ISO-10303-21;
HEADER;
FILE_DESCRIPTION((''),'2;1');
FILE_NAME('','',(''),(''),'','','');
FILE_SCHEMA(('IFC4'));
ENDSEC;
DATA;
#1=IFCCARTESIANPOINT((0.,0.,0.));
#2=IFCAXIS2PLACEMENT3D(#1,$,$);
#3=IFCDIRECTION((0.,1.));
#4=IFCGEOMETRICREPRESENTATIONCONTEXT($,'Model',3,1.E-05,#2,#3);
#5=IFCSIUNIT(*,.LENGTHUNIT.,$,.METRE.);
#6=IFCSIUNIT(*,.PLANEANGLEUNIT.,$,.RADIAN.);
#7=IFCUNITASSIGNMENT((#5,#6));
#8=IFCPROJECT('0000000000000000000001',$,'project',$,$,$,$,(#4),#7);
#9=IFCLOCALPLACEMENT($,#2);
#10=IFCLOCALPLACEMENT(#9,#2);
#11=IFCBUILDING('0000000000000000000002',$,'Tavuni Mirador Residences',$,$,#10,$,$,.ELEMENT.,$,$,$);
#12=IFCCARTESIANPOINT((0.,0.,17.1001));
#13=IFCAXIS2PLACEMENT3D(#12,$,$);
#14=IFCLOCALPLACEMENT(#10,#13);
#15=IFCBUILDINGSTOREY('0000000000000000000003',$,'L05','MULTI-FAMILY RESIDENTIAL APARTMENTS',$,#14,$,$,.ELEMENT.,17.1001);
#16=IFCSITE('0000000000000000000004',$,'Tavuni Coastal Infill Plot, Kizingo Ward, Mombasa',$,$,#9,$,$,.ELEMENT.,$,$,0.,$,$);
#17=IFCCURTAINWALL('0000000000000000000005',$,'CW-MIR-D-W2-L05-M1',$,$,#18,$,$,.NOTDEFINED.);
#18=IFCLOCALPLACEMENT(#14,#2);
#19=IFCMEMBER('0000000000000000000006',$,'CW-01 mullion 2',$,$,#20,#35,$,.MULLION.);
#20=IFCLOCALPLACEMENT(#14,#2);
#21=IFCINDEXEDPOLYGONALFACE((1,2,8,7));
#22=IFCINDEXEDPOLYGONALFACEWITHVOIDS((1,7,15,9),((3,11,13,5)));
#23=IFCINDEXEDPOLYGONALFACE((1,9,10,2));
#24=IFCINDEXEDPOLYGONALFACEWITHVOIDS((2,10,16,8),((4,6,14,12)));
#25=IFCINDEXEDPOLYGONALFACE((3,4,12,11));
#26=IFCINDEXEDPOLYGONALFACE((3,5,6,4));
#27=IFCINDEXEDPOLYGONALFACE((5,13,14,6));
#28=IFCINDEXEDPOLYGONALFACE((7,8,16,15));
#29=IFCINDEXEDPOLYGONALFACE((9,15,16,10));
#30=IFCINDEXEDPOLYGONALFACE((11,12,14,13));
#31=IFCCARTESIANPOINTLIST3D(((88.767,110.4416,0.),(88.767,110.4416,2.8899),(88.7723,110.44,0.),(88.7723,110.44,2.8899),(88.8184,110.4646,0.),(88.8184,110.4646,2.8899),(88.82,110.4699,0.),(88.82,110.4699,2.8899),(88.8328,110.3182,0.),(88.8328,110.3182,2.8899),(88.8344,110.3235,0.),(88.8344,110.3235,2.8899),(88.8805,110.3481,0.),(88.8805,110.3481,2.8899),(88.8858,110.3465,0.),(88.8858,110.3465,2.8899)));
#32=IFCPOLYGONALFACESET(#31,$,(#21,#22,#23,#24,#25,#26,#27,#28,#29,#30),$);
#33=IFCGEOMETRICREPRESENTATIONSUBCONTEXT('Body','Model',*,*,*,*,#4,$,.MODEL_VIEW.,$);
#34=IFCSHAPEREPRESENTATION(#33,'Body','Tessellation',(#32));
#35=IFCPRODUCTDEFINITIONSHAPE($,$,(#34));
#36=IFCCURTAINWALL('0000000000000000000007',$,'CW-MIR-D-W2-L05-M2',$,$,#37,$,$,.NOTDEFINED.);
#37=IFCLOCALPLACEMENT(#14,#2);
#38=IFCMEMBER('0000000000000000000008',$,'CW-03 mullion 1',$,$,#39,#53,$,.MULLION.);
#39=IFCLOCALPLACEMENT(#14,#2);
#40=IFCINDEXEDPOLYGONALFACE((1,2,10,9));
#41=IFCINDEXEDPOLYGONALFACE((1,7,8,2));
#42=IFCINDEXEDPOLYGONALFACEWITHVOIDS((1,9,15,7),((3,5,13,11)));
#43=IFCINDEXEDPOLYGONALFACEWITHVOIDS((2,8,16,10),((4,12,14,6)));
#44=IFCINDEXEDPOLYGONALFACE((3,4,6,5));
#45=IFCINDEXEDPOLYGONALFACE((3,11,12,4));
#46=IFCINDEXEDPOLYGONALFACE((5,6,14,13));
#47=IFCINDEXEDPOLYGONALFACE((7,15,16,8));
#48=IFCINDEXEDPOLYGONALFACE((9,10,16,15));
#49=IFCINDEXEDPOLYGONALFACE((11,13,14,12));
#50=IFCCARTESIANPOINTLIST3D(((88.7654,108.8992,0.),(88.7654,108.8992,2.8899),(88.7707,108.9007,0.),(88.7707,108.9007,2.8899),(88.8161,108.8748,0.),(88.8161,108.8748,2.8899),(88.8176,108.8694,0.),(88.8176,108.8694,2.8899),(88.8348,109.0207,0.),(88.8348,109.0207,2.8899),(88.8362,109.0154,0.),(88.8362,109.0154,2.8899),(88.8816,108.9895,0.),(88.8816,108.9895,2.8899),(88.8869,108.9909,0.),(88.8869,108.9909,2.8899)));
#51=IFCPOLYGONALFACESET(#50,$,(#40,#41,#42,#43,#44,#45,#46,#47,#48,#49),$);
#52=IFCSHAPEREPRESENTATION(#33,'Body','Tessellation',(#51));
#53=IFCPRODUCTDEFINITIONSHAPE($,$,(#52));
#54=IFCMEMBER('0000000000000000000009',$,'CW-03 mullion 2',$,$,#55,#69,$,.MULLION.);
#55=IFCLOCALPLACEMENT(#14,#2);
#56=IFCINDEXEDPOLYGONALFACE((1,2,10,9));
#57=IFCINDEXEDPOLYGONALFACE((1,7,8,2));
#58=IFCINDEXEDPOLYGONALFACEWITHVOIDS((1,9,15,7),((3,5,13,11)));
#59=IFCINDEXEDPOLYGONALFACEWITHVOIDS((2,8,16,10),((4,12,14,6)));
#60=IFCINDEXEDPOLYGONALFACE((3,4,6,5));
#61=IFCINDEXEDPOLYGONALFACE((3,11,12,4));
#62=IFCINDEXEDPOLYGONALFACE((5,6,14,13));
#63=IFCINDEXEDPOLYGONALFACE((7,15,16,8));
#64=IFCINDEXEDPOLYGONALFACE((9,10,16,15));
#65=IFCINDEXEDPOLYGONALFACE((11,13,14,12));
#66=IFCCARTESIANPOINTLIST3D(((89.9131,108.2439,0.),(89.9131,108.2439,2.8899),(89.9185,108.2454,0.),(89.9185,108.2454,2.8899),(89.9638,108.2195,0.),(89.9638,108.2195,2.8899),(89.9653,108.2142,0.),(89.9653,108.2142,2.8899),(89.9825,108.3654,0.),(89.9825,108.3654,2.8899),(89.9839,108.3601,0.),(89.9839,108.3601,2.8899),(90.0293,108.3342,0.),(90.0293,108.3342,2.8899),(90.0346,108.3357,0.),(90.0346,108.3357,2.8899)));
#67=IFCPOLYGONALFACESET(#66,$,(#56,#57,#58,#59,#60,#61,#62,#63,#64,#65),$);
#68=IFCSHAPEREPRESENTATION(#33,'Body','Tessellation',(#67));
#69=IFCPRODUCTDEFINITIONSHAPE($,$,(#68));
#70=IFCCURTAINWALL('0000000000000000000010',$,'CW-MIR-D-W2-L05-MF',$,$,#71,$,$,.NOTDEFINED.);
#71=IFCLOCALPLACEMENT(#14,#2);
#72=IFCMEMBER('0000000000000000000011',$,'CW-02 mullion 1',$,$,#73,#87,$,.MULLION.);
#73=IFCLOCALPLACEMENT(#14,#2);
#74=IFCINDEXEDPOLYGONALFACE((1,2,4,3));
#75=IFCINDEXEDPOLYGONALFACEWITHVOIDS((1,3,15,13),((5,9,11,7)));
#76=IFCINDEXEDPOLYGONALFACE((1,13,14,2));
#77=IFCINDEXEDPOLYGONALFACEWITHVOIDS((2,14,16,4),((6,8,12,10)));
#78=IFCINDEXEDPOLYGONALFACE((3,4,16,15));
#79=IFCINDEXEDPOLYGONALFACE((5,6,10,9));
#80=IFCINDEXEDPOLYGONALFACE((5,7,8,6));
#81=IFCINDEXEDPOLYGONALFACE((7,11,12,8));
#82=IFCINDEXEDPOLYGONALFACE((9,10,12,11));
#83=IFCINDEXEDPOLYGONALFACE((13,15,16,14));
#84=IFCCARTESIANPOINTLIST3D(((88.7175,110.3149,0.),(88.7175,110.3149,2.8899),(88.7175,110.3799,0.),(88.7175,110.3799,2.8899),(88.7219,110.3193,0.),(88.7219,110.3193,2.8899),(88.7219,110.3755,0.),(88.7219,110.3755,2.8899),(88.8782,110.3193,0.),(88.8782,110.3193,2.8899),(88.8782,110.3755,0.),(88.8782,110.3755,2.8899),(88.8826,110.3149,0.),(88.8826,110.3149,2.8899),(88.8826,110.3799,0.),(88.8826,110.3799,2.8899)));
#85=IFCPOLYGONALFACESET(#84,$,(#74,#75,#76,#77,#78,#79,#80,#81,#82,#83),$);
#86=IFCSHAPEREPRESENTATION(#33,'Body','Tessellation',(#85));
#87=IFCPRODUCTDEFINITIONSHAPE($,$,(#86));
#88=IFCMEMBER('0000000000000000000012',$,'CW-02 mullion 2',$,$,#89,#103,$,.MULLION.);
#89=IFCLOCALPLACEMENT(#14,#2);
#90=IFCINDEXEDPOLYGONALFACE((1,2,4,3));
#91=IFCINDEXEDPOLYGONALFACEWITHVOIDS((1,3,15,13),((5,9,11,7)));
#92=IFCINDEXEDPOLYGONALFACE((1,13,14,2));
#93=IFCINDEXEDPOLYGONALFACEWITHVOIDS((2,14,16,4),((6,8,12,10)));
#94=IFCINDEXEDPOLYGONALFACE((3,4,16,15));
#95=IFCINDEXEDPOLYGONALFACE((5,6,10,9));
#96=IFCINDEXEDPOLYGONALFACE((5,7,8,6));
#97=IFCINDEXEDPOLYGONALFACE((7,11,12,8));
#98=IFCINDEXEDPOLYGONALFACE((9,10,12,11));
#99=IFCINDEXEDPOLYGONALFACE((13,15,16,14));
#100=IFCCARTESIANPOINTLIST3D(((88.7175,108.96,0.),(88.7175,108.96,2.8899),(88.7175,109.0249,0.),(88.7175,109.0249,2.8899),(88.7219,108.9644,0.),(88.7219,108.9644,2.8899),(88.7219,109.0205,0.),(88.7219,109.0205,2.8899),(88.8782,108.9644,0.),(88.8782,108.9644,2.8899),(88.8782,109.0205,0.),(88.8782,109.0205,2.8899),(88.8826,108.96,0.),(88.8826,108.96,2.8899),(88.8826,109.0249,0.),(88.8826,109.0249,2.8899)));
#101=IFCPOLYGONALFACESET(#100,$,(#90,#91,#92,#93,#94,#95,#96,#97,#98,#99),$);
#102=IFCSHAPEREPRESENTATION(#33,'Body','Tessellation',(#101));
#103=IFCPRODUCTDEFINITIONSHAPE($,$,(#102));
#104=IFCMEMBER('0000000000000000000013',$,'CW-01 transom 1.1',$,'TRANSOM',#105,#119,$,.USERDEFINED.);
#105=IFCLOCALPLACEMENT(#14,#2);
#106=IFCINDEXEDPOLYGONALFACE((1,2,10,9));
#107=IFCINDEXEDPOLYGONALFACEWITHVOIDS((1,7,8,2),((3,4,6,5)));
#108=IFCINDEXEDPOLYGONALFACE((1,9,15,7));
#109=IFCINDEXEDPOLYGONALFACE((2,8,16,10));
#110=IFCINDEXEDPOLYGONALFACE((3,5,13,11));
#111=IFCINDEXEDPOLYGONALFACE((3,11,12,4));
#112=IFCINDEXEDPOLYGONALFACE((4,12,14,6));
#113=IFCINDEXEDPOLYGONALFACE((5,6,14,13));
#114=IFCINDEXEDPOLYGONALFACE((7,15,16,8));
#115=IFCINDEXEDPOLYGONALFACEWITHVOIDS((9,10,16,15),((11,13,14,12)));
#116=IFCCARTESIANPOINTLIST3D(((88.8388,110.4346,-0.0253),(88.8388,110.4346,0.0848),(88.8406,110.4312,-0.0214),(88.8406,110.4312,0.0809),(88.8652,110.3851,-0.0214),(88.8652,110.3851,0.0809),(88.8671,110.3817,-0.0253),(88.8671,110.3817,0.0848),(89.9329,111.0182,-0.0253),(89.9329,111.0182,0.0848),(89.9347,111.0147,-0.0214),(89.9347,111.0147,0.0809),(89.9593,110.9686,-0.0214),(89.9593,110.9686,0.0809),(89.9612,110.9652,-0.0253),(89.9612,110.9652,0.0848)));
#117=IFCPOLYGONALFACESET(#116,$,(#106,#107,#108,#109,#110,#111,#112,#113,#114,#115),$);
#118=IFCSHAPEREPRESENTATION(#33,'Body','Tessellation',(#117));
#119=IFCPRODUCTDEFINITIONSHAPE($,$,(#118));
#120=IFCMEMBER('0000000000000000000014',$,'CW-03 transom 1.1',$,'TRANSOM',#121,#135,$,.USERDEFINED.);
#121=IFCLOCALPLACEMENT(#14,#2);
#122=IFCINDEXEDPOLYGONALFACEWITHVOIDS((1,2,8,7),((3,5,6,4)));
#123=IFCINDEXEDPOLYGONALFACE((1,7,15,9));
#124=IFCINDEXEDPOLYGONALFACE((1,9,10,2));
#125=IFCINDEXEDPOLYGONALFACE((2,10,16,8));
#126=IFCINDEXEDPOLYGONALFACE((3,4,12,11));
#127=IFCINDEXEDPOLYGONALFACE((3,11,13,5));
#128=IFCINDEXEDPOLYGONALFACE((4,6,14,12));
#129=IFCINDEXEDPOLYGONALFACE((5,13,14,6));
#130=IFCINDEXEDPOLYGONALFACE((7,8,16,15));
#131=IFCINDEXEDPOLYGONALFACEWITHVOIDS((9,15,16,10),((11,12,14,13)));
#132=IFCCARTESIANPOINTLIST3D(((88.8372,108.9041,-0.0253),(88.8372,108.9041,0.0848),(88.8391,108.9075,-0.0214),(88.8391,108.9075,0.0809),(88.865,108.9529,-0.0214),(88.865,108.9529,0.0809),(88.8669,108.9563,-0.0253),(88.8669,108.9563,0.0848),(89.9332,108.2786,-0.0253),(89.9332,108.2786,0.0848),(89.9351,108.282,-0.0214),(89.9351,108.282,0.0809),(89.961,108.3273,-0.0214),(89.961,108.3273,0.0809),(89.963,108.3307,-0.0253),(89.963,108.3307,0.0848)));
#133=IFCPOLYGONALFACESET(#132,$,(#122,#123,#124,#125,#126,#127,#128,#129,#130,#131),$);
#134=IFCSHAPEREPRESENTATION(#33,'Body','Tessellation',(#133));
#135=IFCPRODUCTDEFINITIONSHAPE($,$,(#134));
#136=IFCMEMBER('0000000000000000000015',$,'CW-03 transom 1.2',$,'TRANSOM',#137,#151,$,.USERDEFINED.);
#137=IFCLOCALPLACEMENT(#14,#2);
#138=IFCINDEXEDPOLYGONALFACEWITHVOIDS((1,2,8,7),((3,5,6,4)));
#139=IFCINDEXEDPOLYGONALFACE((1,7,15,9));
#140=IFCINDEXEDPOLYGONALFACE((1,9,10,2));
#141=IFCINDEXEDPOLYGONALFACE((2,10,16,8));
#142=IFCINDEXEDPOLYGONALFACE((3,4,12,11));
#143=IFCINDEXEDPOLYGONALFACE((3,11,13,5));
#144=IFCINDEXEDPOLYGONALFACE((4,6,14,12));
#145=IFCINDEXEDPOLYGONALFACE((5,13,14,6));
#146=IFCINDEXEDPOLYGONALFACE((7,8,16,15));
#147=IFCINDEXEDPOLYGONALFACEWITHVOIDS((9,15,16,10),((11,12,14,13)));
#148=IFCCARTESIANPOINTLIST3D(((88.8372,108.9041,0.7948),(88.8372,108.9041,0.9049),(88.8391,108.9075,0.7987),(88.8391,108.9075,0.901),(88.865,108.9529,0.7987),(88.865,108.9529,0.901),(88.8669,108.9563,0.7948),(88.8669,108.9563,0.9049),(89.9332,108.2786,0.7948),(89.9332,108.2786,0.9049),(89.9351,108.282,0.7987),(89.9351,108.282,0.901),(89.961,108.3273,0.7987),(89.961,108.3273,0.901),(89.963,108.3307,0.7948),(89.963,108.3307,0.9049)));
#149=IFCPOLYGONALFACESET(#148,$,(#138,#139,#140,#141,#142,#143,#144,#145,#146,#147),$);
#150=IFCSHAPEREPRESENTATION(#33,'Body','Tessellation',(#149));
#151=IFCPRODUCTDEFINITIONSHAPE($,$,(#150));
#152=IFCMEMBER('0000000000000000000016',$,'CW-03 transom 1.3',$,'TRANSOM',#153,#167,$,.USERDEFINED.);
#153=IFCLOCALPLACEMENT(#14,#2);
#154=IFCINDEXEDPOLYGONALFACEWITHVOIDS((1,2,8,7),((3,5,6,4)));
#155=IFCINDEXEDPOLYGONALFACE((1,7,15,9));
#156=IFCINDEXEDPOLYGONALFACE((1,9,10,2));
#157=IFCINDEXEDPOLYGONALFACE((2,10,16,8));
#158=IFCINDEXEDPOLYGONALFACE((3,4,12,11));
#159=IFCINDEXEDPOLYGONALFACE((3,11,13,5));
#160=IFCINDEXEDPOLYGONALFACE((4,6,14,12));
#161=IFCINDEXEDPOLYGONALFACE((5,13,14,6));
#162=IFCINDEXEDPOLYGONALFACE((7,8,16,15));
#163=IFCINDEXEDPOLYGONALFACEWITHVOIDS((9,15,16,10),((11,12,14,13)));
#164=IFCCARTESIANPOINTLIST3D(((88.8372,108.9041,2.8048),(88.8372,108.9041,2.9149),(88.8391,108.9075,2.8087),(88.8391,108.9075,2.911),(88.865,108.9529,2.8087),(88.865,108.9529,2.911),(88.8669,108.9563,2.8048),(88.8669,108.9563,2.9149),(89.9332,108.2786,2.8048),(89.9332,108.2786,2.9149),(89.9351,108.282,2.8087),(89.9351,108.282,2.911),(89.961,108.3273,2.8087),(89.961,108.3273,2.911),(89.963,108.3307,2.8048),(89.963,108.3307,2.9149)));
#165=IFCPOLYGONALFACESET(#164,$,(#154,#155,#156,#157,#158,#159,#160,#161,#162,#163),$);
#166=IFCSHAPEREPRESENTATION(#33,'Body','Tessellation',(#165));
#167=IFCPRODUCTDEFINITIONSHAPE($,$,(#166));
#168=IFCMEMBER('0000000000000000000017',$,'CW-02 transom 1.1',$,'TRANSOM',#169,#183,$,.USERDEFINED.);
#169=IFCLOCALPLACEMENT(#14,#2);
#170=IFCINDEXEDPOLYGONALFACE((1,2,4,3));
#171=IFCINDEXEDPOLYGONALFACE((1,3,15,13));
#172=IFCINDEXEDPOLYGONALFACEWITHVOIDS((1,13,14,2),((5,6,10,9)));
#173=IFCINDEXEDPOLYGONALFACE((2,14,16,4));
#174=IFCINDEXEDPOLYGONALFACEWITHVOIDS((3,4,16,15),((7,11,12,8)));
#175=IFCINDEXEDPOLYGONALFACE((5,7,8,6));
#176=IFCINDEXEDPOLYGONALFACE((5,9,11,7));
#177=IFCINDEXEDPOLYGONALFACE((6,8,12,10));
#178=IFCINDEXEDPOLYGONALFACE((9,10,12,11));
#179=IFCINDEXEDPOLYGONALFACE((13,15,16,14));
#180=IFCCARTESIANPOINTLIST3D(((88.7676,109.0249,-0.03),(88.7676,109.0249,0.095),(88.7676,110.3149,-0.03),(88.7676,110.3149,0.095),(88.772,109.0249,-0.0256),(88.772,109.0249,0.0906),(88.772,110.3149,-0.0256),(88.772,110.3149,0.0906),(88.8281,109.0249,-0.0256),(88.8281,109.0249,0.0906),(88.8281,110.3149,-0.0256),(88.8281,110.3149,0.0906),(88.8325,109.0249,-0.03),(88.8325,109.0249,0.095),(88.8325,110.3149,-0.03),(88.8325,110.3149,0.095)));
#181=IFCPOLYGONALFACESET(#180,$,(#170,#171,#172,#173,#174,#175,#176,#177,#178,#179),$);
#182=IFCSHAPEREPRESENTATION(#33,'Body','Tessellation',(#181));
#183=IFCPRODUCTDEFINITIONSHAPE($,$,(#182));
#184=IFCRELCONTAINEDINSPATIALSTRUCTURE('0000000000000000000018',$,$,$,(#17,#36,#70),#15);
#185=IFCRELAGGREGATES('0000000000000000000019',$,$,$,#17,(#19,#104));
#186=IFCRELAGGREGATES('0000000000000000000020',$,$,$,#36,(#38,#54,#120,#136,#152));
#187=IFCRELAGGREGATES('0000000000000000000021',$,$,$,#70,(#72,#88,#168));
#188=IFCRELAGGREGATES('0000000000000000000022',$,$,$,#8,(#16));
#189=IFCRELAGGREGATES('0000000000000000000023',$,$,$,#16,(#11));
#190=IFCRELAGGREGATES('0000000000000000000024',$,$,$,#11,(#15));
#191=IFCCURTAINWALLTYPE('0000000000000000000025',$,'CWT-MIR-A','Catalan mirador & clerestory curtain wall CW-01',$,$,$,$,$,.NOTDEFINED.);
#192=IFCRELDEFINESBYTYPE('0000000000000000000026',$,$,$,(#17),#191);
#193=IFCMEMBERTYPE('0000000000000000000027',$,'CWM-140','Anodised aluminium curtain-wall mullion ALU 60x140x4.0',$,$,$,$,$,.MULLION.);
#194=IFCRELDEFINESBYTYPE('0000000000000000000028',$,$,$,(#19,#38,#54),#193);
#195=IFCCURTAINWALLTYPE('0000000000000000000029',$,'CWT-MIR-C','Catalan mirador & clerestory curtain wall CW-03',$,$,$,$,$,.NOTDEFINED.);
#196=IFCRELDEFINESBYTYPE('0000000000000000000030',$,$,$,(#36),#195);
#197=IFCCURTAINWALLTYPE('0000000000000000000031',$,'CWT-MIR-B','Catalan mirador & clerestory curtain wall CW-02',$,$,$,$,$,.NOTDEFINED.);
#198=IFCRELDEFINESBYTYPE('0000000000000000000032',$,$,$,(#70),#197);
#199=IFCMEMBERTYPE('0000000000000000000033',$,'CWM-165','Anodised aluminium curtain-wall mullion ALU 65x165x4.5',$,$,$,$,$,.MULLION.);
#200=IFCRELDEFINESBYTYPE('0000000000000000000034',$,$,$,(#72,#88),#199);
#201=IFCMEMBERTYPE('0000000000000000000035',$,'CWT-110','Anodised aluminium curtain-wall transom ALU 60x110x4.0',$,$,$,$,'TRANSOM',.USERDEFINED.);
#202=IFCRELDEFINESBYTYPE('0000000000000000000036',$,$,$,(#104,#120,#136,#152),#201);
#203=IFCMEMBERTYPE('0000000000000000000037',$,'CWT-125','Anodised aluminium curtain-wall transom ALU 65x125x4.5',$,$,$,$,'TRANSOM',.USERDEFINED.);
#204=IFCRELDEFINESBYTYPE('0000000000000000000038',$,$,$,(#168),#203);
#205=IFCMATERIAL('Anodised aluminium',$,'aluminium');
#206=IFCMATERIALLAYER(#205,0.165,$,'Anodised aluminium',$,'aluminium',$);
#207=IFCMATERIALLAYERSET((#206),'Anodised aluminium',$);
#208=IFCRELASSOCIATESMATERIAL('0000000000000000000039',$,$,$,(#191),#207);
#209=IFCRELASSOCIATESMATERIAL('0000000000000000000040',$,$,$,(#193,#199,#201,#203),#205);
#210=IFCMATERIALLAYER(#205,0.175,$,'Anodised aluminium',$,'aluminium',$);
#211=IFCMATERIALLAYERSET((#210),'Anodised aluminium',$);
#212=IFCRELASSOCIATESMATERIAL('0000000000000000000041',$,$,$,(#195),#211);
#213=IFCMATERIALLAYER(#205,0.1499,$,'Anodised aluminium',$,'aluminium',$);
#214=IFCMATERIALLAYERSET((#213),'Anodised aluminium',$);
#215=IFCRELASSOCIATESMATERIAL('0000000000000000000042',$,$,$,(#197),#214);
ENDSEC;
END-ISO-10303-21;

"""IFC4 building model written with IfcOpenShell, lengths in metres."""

from ifc_helpers import new_model, si_unit, direction, frame, origin, origin_2d, place, context, subcontext, project, spatial, hollow_rectangle, extrude, material, layer, layer_set, material_profile, profile_set, type_object, element, aggregate, save


model = new_model("IFC4")

# Units and contexts
model_context = context("Model", 3, precision=1e-05, world=origin(), true_north=direction((0.0, 1.0)))
body_context = subcontext(model_context, "Body", "Model", "MODEL_VIEW")
ifc_project = project(units=[si_unit("LENGTHUNIT", "METRE"), si_unit("PLANEANGLEUNIT", "RADIAN")], contexts=[model_context])

# Site, building, storey
site_placement = place(None, origin())
site = spatial("IfcSite", under=ifc_project, at=site_placement, Name="Tavuni Coastal Infill Plot, Kizingo Ward, Mombasa", CompositionType="ELEMENT", RefElevation=0.0)
building_placement = place(site_placement, origin())
building = spatial("IfcBuilding", under=site, at=building_placement, Name="Tavuni Mirador Residences", CompositionType="ELEMENT")
storey_placement = place(building_placement, frame((0.0, 0.0, 17.1001)))
storey = spatial("IfcBuildingStorey", under=building, at=storey_placement, Name="L05", Description="MULTI-FAMILY RESIDENTIAL APARTMENTS", CompositionType="ELEMENT", Elevation=17.1001)

# Curtain wall, member
ifc_material_1 = material(Name="Anodised aluminium", Category="aluminium")
ifc_layer_1 = layer(ifc_material_1, 0.165, Name="Anodised aluminium", Category="aluminium")
ifc_layer_set_1 = layer_set([ifc_layer_1], Name="Anodised aluminium")
curtain_wall_type_1 = type_object("IfcCurtainWallType", Name="CWT-MIR-A", Description="Catalan mirador & clerestory curtain wall CW-01", PredefinedType="NOTDEFINED", material=ifc_layer_set_1)
curtain_wall_1_placement = place(storey_placement, origin())
curtain_wall_1 = element("IfcCurtainWall", 1, at=curtain_wall_1_placement, inside=storey, type_object=curtain_wall_type_1, Name="CW-MIR-D-W2-L05-M1", PredefinedType="NOTDEFINED")
ifc_material_profile_1 = material_profile(ifc_material_1, hollow_rectangle(XDim=0.0601, YDim=0.1399, WallThickness=0.0039, at=origin_2d()), Name="ALU 60x140x4.0", Category="aluminium")
ifc_profile_set_1 = profile_set([ifc_material_profile_1], Name="Anodised aluminium")
member_type_1 = type_object("IfcMemberType", Name="CWM-140", Description="Anodised aluminium curtain-wall mullion ALU 60x140x4.0", PredefinedType="MULLION", material=ifc_profile_set_1)
member_1_placement = place(storey_placement, frame((88.8264, 110.394, 0.0), z_axis=(0.0, 0.0, 1.0), x_axis=(-0.882353, -0.470588, 0.0)))
member_1 = element("IfcMember", 2, at=member_1_placement, type_object=member_type_1, Name="CW-01 mullion 2", PredefinedType="MULLION", context=body_context, shape_type="SweptSolid", body=[
    extrude(hollow_rectangle(XDim=0.0601, YDim=0.1399, WallThickness=0.0039, at=origin_2d()), origin(), (0.0, 0.0, 1.0), 2.8899),
])

# Curtain walls, members
ifc_layer_2 = layer(ifc_material_1, 0.175, Name="Anodised aluminium", Category="aluminium")
ifc_layer_set_2 = layer_set([ifc_layer_2], Name="Anodised aluminium")
curtain_wall_type_2 = type_object("IfcCurtainWallType", Name="CWT-MIR-C", Description="Catalan mirador & clerestory curtain wall CW-03", PredefinedType="NOTDEFINED", material=ifc_layer_set_2)
curtain_wall_2_placement = place(storey_placement, origin())
curtain_wall_2 = element("IfcCurtainWall", 3, at=curtain_wall_2_placement, inside=storey, type_object=curtain_wall_type_2, Name="CW-MIR-D-W2-L05-M2", PredefinedType="NOTDEFINED")
member_2_placement = place(storey_placement, frame((88.8262, 108.9451, 0.0), z_axis=(0.0, 0.0, 1.0), x_axis=(0.868466, -0.495749, 0.0)))
member_2 = element("IfcMember", 4, at=member_2_placement, type_object=member_type_1, Name="CW-03 mullion 1", PredefinedType="MULLION", context=body_context, shape_type="SweptSolid", body=[
    extrude(hollow_rectangle(XDim=0.0601, YDim=0.1399, WallThickness=0.0039, at=origin_2d()), origin(), (0.0, 0.0, 1.0), 2.8899),
])
member_3_placement = place(storey_placement, frame((89.9739, 108.2898, 0.0), z_axis=(0.0, 0.0, 1.0), x_axis=(0.868466, -0.495749, 0.0)))
member_3 = element("IfcMember", 5, at=member_3_placement, type_object=member_type_1, Name="CW-03 mullion 2", PredefinedType="MULLION", context=body_context, shape_type="SweptSolid", body=[
    extrude(hollow_rectangle(XDim=0.0601, YDim=0.1399, WallThickness=0.0039, at=origin_2d()), origin(), (0.0, 0.0, 1.0), 2.8899),
])
ifc_layer_3 = layer(ifc_material_1, 0.1499, Name="Anodised aluminium", Category="aluminium")
ifc_layer_set_3 = layer_set([ifc_layer_3], Name="Anodised aluminium")
curtain_wall_type_3 = type_object("IfcCurtainWallType", Name="CWT-MIR-B", Description="Catalan mirador & clerestory curtain wall CW-02", PredefinedType="NOTDEFINED", material=ifc_layer_set_3)
curtain_wall_3_placement = place(storey_placement, origin())
curtain_wall_3 = element("IfcCurtainWall", 6, at=curtain_wall_3_placement, inside=storey, type_object=curtain_wall_type_3, Name="CW-MIR-D-W2-L05-MF", PredefinedType="NOTDEFINED")
ifc_material_profile_2 = material_profile(ifc_material_1, hollow_rectangle(XDim=0.0649, YDim=0.165, WallThickness=0.0044, at=origin_2d()), Name="ALU 65x165x4.5", Category="aluminium")
ifc_profile_set_2 = profile_set([ifc_material_profile_2], Name="Anodised aluminium")
member_type_2 = type_object("IfcMemberType", Name="CWM-165", Description="Anodised aluminium curtain-wall mullion ALU 65x165x4.5", PredefinedType="MULLION", material=ifc_profile_set_2)
member_4_placement = place(storey_placement, frame((88.8, 110.3474, 0.0), z_axis=(0.0, 0.0, 1.0), x_axis=(0.0, -1.0, 0.0)))
member_4 = element("IfcMember", 7, at=member_4_placement, type_object=member_type_2, Name="CW-02 mullion 1", PredefinedType="MULLION", context=body_context, shape_type="SweptSolid", body=[
    extrude(hollow_rectangle(XDim=0.0649, YDim=0.165, WallThickness=0.0044, at=origin_2d()), origin(), (0.0, 0.0, 1.0), 2.8899),
])
member_5_placement = place(storey_placement, frame((88.8, 108.9924, 0.0), z_axis=(0.0, 0.0, 1.0), x_axis=(0.0, -1.0, 0.0)))
member_5 = element("IfcMember", 8, at=member_5_placement, type_object=member_type_2, Name="CW-02 mullion 2", PredefinedType="MULLION", context=body_context, shape_type="SweptSolid", body=[
    extrude(hollow_rectangle(XDim=0.0649, YDim=0.165, WallThickness=0.0044, at=origin_2d()), origin(), (0.0, 0.0, 1.0), 2.8899),
])

# Members
ifc_material_profile_3 = material_profile(ifc_material_1, hollow_rectangle(XDim=0.0601, YDim=0.1101, WallThickness=0.0039, at=origin_2d()), Name="ALU 60x110x4.0", Category="aluminium")
ifc_profile_set_3 = profile_set([ifc_material_profile_3], Name="Anodised aluminium")
member_type_3 = type_object("IfcMemberType", Name="CWT-110", Description="Anodised aluminium curtain-wall transom ALU 60x110x4.0", ElementType="TRANSOM", PredefinedType="USERDEFINED", material=ifc_profile_set_3)
member_6_placement = place(storey_placement, frame((89.947, 110.9917, 0.0298), z_axis=(-0.882342, -0.470609, 0.0), x_axis=(0.470609, -0.882342, 0.0)))
member_6 = element("IfcMember", 9, at=member_6_placement, type_object=member_type_3, Name="CW-01 transom 1.1", ObjectType="TRANSOM", PredefinedType="USERDEFINED", context=body_context, shape_type="SweptSolid", body=[
    extrude(hollow_rectangle(XDim=0.0601, YDim=0.1101, WallThickness=0.0039, at=origin_2d()), origin(), (0.0, 0.0, 1.0), 1.24),
])
member_7_placement = place(storey_placement, frame((88.8521, 108.9302, 0.0298), z_axis=(0.868505, -0.49568, 0.0), x_axis=(0.49568, 0.868505, 0.0)))
member_7 = element("IfcMember", 10, at=member_7_placement, type_object=member_type_3, Name="CW-03 transom 1.1", ObjectType="TRANSOM", PredefinedType="USERDEFINED", context=body_context, shape_type="SweptSolid", body=[
    extrude(hollow_rectangle(XDim=0.0601, YDim=0.1101, WallThickness=0.0039, at=origin_2d()), origin(), (0.0, 0.0, 1.0), 1.262),
])
member_8_placement = place(storey_placement, frame((88.8521, 108.9302, 0.8499), z_axis=(0.868505, -0.49568, 0.0), x_axis=(0.49568, 0.868505, 0.0)))
member_8 = element("IfcMember", 11, at=member_8_placement, type_object=member_type_3, Name="CW-03 transom 1.2", ObjectType="TRANSOM", PredefinedType="USERDEFINED", context=body_context, shape_type="SweptSolid", body=[
    extrude(hollow_rectangle(XDim=0.0601, YDim=0.1101, WallThickness=0.0039, at=origin_2d()), origin(), (0.0, 0.0, 1.0), 1.262),
])
member_9_placement = place(storey_placement, frame((88.8521, 108.9302, 2.8599), z_axis=(0.868505, -0.49568, 0.0), x_axis=(0.49568, 0.868505, 0.0)))
member_9 = element("IfcMember", 12, at=member_9_placement, type_object=member_type_3, Name="CW-03 transom 1.3", ObjectType="TRANSOM", PredefinedType="USERDEFINED", context=body_context, shape_type="SweptSolid", body=[
    extrude(hollow_rectangle(XDim=0.0601, YDim=0.1101, WallThickness=0.0039, at=origin_2d()), origin(), (0.0, 0.0, 1.0), 1.262),
])
ifc_material_profile_4 = material_profile(ifc_material_1, hollow_rectangle(XDim=0.0649, YDim=0.125, WallThickness=0.0044, at=origin_2d()), Name="ALU 65x125x4.5", Category="aluminium")
ifc_profile_set_4 = profile_set([ifc_material_profile_4], Name="Anodised aluminium")
member_type_4 = type_object("IfcMemberType", Name="CWT-125", Description="Anodised aluminium curtain-wall transom ALU 65x125x4.5", ElementType="TRANSOM", PredefinedType="USERDEFINED", material=ifc_profile_set_4)
member_10_placement = place(storey_placement, frame((88.8, 110.3149, 0.0325), z_axis=(0.0, -1.0, 0.0), x_axis=(1.0, 0.0, 0.0)))
member_10 = element("IfcMember", 13, at=member_10_placement, type_object=member_type_4, Name="CW-02 transom 1.1", ObjectType="TRANSOM", PredefinedType="USERDEFINED", context=body_context, shape_type="SweptSolid", body=[
    extrude(hollow_rectangle(XDim=0.0649, YDim=0.125, WallThickness=0.0044, at=origin_2d()), origin(), (0.0, 0.0, 1.0), 1.29),
])

aggregate(curtain_wall_1, [member_1, member_6])
aggregate(curtain_wall_2, [member_2, member_3, member_7, member_8, member_9])
aggregate(curtain_wall_3, [member_4, member_5, member_10])

save(model, "model.ifc")
